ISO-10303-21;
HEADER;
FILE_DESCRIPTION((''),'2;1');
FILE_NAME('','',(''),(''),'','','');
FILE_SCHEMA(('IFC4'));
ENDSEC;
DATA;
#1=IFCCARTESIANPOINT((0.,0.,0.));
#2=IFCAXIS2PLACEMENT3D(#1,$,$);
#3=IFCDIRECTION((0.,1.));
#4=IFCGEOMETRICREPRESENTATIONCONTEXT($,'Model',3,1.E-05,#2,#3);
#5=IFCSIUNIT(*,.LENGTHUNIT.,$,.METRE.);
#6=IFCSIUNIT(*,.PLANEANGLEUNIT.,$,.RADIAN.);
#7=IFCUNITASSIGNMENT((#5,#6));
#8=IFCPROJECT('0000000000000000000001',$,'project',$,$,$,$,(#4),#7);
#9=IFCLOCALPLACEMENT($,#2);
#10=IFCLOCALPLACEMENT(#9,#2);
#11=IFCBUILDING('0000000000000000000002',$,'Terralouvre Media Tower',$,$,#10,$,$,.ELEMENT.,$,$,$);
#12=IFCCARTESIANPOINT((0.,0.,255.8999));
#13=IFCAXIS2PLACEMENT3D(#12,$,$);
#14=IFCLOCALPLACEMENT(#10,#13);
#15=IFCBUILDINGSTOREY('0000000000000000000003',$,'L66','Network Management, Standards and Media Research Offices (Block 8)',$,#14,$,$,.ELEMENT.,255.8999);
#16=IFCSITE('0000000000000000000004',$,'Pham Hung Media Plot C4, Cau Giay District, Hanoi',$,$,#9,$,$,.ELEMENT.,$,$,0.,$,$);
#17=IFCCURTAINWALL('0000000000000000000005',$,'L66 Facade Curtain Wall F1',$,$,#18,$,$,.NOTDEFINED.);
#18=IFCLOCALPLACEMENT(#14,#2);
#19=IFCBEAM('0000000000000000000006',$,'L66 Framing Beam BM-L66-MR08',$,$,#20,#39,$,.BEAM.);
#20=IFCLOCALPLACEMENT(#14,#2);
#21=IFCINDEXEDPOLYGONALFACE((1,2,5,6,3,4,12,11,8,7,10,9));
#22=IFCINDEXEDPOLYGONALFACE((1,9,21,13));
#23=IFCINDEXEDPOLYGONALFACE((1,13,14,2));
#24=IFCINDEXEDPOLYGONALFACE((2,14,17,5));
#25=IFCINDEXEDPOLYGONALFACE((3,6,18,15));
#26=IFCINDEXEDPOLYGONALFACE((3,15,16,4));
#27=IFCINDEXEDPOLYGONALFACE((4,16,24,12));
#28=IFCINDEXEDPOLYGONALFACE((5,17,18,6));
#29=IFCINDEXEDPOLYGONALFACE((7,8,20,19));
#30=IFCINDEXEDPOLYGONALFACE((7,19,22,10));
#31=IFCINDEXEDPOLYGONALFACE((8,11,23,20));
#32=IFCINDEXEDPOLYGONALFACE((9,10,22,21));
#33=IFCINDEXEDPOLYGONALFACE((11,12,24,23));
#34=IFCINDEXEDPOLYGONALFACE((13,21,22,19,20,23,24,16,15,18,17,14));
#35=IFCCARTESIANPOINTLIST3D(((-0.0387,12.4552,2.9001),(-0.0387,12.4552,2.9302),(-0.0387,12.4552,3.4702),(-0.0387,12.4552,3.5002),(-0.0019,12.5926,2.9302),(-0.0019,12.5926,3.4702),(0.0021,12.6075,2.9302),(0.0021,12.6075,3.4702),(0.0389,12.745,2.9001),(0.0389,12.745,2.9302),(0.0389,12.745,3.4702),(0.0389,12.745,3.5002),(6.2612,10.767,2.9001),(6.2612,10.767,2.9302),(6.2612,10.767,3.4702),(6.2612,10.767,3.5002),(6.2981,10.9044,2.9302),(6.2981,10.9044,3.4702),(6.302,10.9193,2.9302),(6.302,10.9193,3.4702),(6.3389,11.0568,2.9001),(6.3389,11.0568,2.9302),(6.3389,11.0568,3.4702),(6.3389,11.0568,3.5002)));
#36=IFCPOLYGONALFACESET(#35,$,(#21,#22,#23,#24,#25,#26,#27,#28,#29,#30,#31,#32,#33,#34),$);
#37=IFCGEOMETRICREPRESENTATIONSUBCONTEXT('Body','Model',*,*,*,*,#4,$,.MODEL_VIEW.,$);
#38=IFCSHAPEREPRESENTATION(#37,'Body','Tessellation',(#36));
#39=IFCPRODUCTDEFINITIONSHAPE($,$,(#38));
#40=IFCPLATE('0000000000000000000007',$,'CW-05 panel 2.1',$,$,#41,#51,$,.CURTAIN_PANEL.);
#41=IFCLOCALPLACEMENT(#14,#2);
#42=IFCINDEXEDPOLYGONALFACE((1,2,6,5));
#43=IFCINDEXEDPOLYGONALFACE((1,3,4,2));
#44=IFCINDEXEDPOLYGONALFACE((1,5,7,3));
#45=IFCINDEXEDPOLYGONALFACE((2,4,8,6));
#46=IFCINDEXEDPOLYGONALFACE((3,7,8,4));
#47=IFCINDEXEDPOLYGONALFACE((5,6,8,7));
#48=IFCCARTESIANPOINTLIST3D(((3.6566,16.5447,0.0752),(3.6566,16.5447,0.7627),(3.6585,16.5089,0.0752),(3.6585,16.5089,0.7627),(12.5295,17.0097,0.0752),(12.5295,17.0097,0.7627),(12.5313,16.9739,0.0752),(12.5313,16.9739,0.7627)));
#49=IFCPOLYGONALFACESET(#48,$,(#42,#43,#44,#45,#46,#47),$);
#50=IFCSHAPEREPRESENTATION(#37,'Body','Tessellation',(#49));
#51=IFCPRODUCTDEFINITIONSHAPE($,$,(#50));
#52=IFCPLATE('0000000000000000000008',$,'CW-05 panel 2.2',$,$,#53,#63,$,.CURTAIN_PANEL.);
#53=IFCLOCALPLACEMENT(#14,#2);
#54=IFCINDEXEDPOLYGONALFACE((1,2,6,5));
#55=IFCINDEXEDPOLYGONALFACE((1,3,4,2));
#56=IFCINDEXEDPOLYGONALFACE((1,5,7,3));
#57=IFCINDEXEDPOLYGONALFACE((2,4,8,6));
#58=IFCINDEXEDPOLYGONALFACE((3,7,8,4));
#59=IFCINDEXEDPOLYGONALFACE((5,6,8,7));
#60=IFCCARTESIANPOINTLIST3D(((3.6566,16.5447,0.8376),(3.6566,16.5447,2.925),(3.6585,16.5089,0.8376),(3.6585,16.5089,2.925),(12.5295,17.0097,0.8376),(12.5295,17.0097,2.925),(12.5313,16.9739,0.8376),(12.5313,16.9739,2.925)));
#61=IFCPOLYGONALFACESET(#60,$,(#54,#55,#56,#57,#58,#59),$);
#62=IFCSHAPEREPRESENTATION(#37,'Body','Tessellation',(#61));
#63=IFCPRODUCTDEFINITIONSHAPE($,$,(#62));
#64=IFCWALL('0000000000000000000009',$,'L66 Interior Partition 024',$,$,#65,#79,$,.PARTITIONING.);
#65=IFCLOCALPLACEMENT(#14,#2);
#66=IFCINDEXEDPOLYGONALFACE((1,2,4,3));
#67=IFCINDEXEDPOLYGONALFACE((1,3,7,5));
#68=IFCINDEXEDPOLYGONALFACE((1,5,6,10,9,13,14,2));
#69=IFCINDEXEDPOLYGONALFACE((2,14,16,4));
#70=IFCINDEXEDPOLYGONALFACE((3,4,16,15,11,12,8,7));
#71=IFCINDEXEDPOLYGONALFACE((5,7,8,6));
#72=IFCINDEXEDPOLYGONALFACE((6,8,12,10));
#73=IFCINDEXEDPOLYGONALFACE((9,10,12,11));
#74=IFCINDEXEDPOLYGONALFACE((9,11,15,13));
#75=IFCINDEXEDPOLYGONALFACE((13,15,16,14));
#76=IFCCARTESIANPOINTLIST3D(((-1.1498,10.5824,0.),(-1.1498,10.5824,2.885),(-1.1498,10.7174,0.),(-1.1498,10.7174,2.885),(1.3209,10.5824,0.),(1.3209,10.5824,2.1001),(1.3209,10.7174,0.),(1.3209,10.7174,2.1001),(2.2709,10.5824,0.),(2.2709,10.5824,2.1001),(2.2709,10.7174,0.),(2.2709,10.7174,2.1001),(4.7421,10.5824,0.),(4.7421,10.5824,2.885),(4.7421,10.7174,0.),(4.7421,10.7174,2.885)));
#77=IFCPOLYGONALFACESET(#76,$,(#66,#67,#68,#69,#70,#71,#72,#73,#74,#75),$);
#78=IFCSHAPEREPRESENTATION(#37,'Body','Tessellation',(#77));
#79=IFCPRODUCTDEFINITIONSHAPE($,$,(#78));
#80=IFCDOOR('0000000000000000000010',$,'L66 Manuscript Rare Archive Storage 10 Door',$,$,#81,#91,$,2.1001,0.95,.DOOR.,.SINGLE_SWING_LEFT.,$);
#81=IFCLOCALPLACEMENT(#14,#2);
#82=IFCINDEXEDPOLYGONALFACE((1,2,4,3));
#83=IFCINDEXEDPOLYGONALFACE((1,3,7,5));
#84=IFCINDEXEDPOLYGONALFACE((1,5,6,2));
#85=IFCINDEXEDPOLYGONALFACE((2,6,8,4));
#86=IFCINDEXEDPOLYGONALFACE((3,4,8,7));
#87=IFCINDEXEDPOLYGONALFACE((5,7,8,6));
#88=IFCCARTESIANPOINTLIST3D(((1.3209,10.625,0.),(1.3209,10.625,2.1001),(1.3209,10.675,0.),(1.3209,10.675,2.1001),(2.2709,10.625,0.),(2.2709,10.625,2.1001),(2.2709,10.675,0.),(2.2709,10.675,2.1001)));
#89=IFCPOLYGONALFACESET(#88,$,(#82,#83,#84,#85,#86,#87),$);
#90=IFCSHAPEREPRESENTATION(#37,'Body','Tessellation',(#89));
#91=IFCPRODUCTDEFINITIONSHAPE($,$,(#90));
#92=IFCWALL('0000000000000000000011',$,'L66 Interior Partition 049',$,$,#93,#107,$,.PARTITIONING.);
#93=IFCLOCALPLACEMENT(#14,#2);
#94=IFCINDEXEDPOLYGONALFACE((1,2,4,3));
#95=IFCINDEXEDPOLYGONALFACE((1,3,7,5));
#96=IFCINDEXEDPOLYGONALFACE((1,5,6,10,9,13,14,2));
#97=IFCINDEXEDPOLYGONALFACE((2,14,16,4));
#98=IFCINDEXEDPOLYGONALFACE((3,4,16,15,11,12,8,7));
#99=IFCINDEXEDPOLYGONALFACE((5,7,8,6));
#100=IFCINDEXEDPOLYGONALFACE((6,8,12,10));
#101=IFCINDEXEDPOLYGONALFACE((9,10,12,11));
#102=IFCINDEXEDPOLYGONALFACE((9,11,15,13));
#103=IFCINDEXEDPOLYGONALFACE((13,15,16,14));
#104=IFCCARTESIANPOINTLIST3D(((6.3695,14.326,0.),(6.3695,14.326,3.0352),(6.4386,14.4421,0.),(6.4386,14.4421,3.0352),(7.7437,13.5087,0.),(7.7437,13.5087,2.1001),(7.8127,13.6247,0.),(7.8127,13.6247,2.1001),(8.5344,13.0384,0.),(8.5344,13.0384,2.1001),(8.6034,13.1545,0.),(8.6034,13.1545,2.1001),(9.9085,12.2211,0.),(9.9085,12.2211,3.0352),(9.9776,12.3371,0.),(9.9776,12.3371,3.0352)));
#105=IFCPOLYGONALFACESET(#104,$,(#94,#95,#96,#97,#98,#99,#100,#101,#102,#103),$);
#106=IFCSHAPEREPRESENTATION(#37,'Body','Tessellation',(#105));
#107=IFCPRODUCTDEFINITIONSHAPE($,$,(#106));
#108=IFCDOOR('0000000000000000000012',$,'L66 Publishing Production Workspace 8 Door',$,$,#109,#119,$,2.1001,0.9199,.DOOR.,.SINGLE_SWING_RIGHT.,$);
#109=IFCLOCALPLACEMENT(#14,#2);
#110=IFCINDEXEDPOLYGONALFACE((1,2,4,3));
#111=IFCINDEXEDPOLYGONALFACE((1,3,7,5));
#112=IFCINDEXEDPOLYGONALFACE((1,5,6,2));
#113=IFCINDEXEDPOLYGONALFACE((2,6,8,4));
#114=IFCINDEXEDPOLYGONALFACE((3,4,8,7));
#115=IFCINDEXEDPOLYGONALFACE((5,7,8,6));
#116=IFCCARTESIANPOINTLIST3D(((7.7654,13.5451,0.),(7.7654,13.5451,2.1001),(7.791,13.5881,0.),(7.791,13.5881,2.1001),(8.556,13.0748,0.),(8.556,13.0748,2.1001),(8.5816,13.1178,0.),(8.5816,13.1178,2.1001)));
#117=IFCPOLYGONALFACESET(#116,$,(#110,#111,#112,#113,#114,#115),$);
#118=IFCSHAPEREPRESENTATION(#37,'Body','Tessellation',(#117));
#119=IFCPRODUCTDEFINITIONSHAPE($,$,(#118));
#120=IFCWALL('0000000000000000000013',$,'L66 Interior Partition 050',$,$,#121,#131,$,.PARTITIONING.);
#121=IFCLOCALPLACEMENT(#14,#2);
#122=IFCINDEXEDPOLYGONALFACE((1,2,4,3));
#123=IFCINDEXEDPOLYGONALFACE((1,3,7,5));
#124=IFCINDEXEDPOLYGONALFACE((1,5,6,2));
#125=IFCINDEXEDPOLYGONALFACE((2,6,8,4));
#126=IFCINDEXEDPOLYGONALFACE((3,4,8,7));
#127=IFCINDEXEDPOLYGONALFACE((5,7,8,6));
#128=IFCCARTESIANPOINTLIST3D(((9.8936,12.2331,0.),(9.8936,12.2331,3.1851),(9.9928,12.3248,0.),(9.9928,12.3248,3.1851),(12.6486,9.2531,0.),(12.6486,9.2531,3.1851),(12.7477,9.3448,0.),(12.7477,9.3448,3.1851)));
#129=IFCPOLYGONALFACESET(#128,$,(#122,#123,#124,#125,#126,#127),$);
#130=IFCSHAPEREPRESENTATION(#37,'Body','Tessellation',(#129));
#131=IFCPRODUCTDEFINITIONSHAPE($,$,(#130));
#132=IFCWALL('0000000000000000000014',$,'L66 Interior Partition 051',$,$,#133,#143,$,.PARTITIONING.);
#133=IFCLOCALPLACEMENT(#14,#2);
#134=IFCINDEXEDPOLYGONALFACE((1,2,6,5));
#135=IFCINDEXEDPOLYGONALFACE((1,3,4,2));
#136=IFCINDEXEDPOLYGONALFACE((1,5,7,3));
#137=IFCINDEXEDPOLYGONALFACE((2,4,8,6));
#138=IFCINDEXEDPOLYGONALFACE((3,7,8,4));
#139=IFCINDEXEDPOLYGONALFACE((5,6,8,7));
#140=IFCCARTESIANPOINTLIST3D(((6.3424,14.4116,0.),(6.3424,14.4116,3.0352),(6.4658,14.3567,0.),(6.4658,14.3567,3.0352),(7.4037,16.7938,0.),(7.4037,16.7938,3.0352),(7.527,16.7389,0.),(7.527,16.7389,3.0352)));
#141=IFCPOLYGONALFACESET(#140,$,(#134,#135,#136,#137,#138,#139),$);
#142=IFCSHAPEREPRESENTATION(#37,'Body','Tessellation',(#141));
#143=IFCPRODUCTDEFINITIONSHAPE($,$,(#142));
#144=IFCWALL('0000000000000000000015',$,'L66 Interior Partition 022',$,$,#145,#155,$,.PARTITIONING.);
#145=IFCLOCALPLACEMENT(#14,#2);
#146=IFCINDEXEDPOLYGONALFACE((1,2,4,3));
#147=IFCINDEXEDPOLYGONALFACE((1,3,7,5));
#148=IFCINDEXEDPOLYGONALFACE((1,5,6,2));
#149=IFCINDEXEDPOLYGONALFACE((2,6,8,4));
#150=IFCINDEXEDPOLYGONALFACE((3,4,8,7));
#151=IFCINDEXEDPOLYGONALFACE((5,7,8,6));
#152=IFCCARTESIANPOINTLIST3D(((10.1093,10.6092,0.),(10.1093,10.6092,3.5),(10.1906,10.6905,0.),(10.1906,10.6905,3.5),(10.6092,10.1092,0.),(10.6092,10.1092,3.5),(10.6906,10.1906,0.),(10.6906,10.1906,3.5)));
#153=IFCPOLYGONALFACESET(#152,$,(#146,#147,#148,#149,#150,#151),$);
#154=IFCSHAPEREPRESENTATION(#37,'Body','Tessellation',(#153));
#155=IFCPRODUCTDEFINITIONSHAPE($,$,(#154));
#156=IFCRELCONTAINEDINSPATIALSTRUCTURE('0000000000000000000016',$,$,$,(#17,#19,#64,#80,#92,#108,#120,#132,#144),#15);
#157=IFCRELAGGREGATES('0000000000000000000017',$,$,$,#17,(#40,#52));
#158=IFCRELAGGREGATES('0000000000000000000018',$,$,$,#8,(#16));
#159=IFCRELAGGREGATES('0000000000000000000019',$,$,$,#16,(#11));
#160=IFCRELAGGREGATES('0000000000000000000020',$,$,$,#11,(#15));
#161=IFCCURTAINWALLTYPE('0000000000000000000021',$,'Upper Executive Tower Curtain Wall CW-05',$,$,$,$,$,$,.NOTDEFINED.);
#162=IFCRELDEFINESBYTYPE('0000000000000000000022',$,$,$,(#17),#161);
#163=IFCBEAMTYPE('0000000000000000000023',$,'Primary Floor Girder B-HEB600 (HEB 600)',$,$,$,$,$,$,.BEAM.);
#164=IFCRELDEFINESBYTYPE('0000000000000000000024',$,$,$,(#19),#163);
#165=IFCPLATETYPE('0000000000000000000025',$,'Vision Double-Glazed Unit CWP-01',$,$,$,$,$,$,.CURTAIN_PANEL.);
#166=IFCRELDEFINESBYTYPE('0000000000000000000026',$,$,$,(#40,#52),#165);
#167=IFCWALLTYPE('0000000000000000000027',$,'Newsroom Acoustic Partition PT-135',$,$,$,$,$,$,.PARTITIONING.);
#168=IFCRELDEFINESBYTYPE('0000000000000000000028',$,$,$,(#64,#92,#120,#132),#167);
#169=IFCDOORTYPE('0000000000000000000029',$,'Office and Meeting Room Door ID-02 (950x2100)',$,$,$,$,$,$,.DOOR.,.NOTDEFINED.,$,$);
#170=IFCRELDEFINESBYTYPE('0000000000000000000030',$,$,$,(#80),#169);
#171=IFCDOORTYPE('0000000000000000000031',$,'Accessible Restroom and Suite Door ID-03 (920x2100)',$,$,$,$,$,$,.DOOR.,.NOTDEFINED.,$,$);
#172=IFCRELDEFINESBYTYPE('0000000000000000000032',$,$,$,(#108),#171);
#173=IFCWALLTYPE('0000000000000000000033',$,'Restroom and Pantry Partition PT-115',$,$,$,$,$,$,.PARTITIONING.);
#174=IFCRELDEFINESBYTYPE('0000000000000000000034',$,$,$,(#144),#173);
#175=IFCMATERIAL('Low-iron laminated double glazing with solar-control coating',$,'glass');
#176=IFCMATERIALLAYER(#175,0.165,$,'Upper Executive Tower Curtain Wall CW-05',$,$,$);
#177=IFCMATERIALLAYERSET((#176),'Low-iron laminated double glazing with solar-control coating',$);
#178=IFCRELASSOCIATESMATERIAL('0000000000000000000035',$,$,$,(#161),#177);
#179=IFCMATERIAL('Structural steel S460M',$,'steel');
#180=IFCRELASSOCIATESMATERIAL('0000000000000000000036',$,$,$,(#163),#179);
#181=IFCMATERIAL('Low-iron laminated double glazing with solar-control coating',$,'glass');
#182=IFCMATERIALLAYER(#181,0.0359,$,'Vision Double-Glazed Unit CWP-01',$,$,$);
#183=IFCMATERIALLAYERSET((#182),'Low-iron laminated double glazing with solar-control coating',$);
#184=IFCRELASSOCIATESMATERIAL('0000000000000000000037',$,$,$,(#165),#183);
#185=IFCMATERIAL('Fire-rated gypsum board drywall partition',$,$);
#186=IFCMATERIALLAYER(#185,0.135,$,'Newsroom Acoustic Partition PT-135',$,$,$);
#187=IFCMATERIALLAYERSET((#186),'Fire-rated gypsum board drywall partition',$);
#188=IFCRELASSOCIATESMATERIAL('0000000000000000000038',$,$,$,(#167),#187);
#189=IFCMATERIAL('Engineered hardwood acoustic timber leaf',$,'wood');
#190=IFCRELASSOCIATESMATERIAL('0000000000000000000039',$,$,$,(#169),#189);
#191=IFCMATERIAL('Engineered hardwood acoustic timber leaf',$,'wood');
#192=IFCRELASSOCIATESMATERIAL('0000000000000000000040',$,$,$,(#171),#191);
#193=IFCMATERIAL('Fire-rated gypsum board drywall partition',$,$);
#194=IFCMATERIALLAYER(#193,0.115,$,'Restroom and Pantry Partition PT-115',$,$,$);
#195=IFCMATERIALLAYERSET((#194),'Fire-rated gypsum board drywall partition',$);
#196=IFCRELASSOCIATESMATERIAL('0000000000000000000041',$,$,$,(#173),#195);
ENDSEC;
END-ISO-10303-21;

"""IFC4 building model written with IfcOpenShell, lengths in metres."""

from ifc_helpers import new_model, si_unit, direction, frame, frame_2d, origin, origin_2d, place, context, subcontext, project, spatial, rectangle, i_section, extrude, material, layer, layer_set, material_profile, profile_set, type_object, element, fill, aggregate, save


model = new_model("IFC4")

# Units and contexts
model_context = context("Model", 3, precision=1e-05, world=origin(), true_north=direction((0.0, 1.0)))
body_context = subcontext(model_context, "Body", "Model", "MODEL_VIEW")
ifc_project = project(units=[si_unit("LENGTHUNIT", "METRE"), si_unit("PLANEANGLEUNIT", "RADIAN")], contexts=[model_context])

# Site, building, storey
site_placement = place(None, origin())
site = spatial("IfcSite", under=ifc_project, at=site_placement, Name="Pham Hung Media Plot C4, Cau Giay District, Hanoi", CompositionType="ELEMENT", RefElevation=0.0)
building_placement = place(site_placement, origin())
building = spatial("IfcBuilding", under=site, at=building_placement, Name="Terralouvre Media Tower", CompositionType="ELEMENT")
storey_placement = place(building_placement, frame((0.0, 0.0, 255.8999)))
storey = spatial("IfcBuildingStorey", under=building, at=storey_placement, Name="L66", Description="Network Management, Standards and Media Research Offices (Block 8)", CompositionType="ELEMENT", Elevation=255.8999)

# Curtain wall
ifc_material_1 = material(Name="Low-iron laminated double glazing with solar-control coating", Category="glass")
ifc_layer_1 = layer(ifc_material_1, 0.165, Name="Upper Executive Tower Curtain Wall CW-05")
ifc_layer_set_1 = layer_set([ifc_layer_1], Name="Low-iron laminated double glazing with solar-control coating")
curtain_wall_type = type_object("IfcCurtainWallType", Name="Upper Executive Tower Curtain Wall CW-05", PredefinedType="NOTDEFINED", material=ifc_layer_set_1)
curtain_wall_placement = place(storey_placement, origin())
curtain_wall = element("IfcCurtainWall", 1, at=curtain_wall_placement, inside=storey, type_object=curtain_wall_type, Name="L66 Facade Curtain Wall F1", PredefinedType="NOTDEFINED")

# Beam
ifc_material_2 = material(Name="Structural steel S460M", Category="steel")
ifc_material_profile_1 = material_profile(ifc_material_2, i_section(OverallWidth=0.3, OverallDepth=0.6001, WebThickness=0.0154, FlangeThickness=0.03, at=origin_2d()), Name="HEB 600")
ifc_profile_set_1 = profile_set([ifc_material_profile_1], Name="Structural steel S460M")
beam_type_1 = type_object("IfcBeamType", Name="Primary Floor Girder B-HEB600 (HEB 600)", PredefinedType="BEAM", material=ifc_profile_set_1)
beam_1_placement = place(storey_placement, frame((6.3, 10.9119, 3.2002), z_axis=(-0.96592, 0.258839, 0.0), x_axis=(-0.258839, -0.96592, 0.0)))
element("IfcBeam", 2, at=beam_1_placement, inside=storey, type_object=beam_type_1, Name="L66 Framing Beam BM-L66-MR08", PredefinedType="BEAM", context=body_context, shape_type="SweptSolid", body=[
    extrude(i_section(OverallWidth=0.3, OverallDepth=0.6001, WebThickness=0.0154, FlangeThickness=0.03, at=origin_2d()), origin(), (0.0, 0.0, 1.0), 6.5222),
])

# Plates
ifc_material_3 = material(Name="Low-iron laminated double glazing with solar-control coating", Category="glass")
ifc_layer_2 = layer(ifc_material_3, 0.0359, Name="Vision Double-Glazed Unit CWP-01")
ifc_layer_set_2 = layer_set([ifc_layer_2], Name="Low-iron laminated double glazing with solar-control coating")
plate_type = type_object("IfcPlateType", Name="Vision Double-Glazed Unit CWP-01", PredefinedType="CURTAIN_PANEL", material=ifc_layer_set_2)
plate_1_placement = place(storey_placement, frame((8.094, 16.7593, 0.0752), z_axis=(0.0, 0.0, 1.0), x_axis=(-0.99863, -0.052336, 0.0)))
plate_1 = element("IfcPlate", 3, at=plate_1_placement, type_object=plate_type, Name="CW-05 panel 2.1", PredefinedType="CURTAIN_PANEL", context=body_context, shape_type="SweptSolid", body=[
    extrude(rectangle(XDim=8.885, YDim=0.0359, at=origin_2d()), origin(), (0.0, 0.0, 1.0), 0.6875),
])
plate_2_placement = place(storey_placement, frame((8.094, 16.7593, 0.8376), z_axis=(0.0, 0.0, 1.0), x_axis=(-0.99863, -0.052336, 0.0)))
plate_2 = element("IfcPlate", 4, at=plate_2_placement, type_object=plate_type, Name="CW-05 panel 2.2", PredefinedType="CURTAIN_PANEL", context=body_context, shape_type="SweptSolid", body=[
    extrude(rectangle(XDim=8.885, YDim=0.0359, at=origin_2d()), origin(), (0.0, 0.0, 1.0), 2.0874),
])
aggregate(curtain_wall, [plate_1, plate_2])

# Walls, openings, doors
ifc_material_4 = material(Name="Fire-rated gypsum board drywall partition")
ifc_layer_3 = layer(ifc_material_4, 0.135, Name="Newsroom Acoustic Partition PT-135")
ifc_layer_set_3 = layer_set([ifc_layer_3], Name="Fire-rated gypsum board drywall partition")
wall_type_1 = type_object("IfcWallType", Name="Newsroom Acoustic Partition PT-135", PredefinedType="PARTITIONING", material=ifc_layer_set_3)
wall_1_placement = place(storey_placement, frame((4.7419, 10.6499, 0.0), z_axis=(0.0, 0.0, 1.0), x_axis=(-1.0, 0.0, 0.0)))
wall_1 = element("IfcWall", 5, at=wall_1_placement, inside=storey, type_object=wall_type_1, Name="L66 Interior Partition 024", PredefinedType="PARTITIONING", context=body_context, shape_type="SweptSolid", body=[
    extrude(rectangle(XDim=5.8918, YDim=0.135, at=frame_2d((2.9458, 0.0))), origin(), (0.0, 0.0, 1.0), 2.885),
])
opening_1_placement = place(wall_1_placement, frame((2.4709, 0.0, 0.0)))
opening_1 = element("IfcOpeningElement", 6, at=opening_1_placement, cuts=wall_1, PredefinedType="OPENING", context=body_context, shape_type="SweptSolid", body=[
    extrude(rectangle(XDim=0.95, YDim=2.1001, at=frame_2d((0.4751, 1.05))), frame((0.0, 0.0774, 0.0), z_axis=(0.0, -1.0, 0.0), x_axis=(1.0, 0.0, 0.0)), (0.0, 0.0, 1.0), 0.155),
])
ifc_material_5 = material(Name="Engineered hardwood acoustic timber leaf", Category="wood")
door_type_1 = type_object("IfcDoorType", Name="Office and Meeting Room Door ID-02 (950x2100)", OperationType="NOTDEFINED", PredefinedType="DOOR", material=ifc_material_5)
door_1_placement = place(opening_1_placement, origin())
door_1 = element("IfcDoor", 7, at=door_1_placement, inside=storey, type_object=door_type_1, Name="L66 Manuscript Rare Archive Storage 10 Door", OperationType="SINGLE_SWING_LEFT", OverallHeight=2.1001, OverallWidth=0.95, PredefinedType="DOOR", context=body_context, shape_type="SweptSolid", body=[
    extrude(rectangle(XDim=0.95, YDim=2.1001, at=frame_2d((0.4751, 1.05))), frame((0.0, 0.0249, 0.0), z_axis=(0.0, -1.0, 0.0), x_axis=(1.0, 0.0, 0.0)), (0.0, 0.0, 1.0), 0.05),
])
fill(opening_1, door_1)
wall_2_placement = place(storey_placement, frame((6.4041, 14.384, 0.0), z_axis=(0.0, 0.0, 1.0), x_axis=(0.859464, -0.511196, 0.0)))
wall_2 = element("IfcWall", 8, at=wall_2_placement, inside=storey, type_object=wall_type_1, Name="L66 Interior Partition 049", PredefinedType="PARTITIONING", context=body_context, shape_type="SweptSolid", body=[
    extrude(rectangle(XDim=4.1177, YDim=0.135, at=frame_2d((2.0588, 0.0))), origin(), (0.0, 0.0, 1.0), 3.0352),
])
opening_2_placement = place(wall_2_placement, frame((1.5989, 0.0, 0.0)))
opening_2 = element("IfcOpeningElement", 9, at=opening_2_placement, cuts=wall_2, PredefinedType="OPENING", context=body_context, shape_type="SweptSolid", body=[
    extrude(rectangle(XDim=0.9199, YDim=2.1001, at=frame_2d((0.46, 1.05))), frame((0.0, 0.0774, 0.0), z_axis=(0.0, -1.0, 0.0), x_axis=(1.0, 0.0, 0.0)), (0.0, 0.0, 1.0), 0.155),
])
ifc_material_6 = material(Name="Engineered hardwood acoustic timber leaf", Category="wood")
door_type_2 = type_object("IfcDoorType", Name="Accessible Restroom and Suite Door ID-03 (920x2100)", OperationType="NOTDEFINED", PredefinedType="DOOR", material=ifc_material_6)
door_2_placement = place(opening_2_placement, origin())
door_2 = element("IfcDoor", 10, at=door_2_placement, inside=storey, type_object=door_type_2, Name="L66 Publishing Production Workspace 8 Door", OperationType="SINGLE_SWING_RIGHT", OverallHeight=2.1001, OverallWidth=0.9199, PredefinedType="DOOR", context=body_context, shape_type="SweptSolid", body=[
    extrude(rectangle(XDim=0.9199, YDim=2.1001, at=frame_2d((0.46, 1.05))), frame((0.0, 0.0249, 0.0), z_axis=(0.0, -1.0, 0.0), x_axis=(1.0, 0.0, 0.0)), (0.0, 0.0, 1.0), 0.05),
])
fill(opening_2, door_2)

# Walls
wall_3_placement = place(storey_placement, frame((9.9431, 12.2791, 0.0), z_axis=(0.0, 0.0, 1.0), x_axis=(0.67883, -0.734296, 0.0)))
element("IfcWall", 11, at=wall_3_placement, inside=storey, type_object=wall_type_1, Name="L66 Interior Partition 050", PredefinedType="PARTITIONING", context=body_context, shape_type="SweptSolid", body=[
    extrude(rectangle(XDim=4.0583, YDim=0.135, at=frame_2d((2.0293, 0.0))), origin(), (0.0, 0.0, 1.0), 3.1851),
])
wall_4_placement = place(storey_placement, frame((7.4653, 16.7664, 0.0), z_axis=(0.0, 0.0, 1.0), x_axis=(-0.406929, -0.91346, 0.0)))
element("IfcWall", 12, at=wall_4_placement, inside=storey, type_object=wall_type_1, Name="L66 Interior Partition 051", PredefinedType="PARTITIONING", context=body_context, shape_type="SweptSolid", body=[
    extrude(rectangle(XDim=2.6079, YDim=0.135, at=frame_2d((1.304, 0.0))), origin(), (0.0, 0.0, 1.0), 3.0352),
])
ifc_material_7 = material(Name="Fire-rated gypsum board drywall partition")
ifc_layer_4 = layer(ifc_material_7, 0.115, Name="Restroom and Pantry Partition PT-115")
ifc_layer_set_4 = layer_set([ifc_layer_4], Name="Fire-rated gypsum board drywall partition")
wall_type_2 = type_object("IfcWallType", Name="Restroom and Pantry Partition PT-115", PredefinedType="PARTITIONING", material=ifc_layer_set_4)
wall_5_placement = place(storey_placement, frame((10.6499, 10.1499, 0.0), z_axis=(0.0, 0.0, 1.0), x_axis=(-0.707107, 0.707107, 0.0)))
element("IfcWall", 13, at=wall_5_placement, inside=storey, type_object=wall_type_2, Name="L66 Interior Partition 022", PredefinedType="PARTITIONING", context=body_context, shape_type="SweptSolid", body=[
    extrude(rectangle(XDim=0.707, YDim=0.115, at=frame_2d((0.3535, 0.0))), origin(), (0.0, 0.0, 1.0), 3.5),
])

save(model, "model.ifc")
